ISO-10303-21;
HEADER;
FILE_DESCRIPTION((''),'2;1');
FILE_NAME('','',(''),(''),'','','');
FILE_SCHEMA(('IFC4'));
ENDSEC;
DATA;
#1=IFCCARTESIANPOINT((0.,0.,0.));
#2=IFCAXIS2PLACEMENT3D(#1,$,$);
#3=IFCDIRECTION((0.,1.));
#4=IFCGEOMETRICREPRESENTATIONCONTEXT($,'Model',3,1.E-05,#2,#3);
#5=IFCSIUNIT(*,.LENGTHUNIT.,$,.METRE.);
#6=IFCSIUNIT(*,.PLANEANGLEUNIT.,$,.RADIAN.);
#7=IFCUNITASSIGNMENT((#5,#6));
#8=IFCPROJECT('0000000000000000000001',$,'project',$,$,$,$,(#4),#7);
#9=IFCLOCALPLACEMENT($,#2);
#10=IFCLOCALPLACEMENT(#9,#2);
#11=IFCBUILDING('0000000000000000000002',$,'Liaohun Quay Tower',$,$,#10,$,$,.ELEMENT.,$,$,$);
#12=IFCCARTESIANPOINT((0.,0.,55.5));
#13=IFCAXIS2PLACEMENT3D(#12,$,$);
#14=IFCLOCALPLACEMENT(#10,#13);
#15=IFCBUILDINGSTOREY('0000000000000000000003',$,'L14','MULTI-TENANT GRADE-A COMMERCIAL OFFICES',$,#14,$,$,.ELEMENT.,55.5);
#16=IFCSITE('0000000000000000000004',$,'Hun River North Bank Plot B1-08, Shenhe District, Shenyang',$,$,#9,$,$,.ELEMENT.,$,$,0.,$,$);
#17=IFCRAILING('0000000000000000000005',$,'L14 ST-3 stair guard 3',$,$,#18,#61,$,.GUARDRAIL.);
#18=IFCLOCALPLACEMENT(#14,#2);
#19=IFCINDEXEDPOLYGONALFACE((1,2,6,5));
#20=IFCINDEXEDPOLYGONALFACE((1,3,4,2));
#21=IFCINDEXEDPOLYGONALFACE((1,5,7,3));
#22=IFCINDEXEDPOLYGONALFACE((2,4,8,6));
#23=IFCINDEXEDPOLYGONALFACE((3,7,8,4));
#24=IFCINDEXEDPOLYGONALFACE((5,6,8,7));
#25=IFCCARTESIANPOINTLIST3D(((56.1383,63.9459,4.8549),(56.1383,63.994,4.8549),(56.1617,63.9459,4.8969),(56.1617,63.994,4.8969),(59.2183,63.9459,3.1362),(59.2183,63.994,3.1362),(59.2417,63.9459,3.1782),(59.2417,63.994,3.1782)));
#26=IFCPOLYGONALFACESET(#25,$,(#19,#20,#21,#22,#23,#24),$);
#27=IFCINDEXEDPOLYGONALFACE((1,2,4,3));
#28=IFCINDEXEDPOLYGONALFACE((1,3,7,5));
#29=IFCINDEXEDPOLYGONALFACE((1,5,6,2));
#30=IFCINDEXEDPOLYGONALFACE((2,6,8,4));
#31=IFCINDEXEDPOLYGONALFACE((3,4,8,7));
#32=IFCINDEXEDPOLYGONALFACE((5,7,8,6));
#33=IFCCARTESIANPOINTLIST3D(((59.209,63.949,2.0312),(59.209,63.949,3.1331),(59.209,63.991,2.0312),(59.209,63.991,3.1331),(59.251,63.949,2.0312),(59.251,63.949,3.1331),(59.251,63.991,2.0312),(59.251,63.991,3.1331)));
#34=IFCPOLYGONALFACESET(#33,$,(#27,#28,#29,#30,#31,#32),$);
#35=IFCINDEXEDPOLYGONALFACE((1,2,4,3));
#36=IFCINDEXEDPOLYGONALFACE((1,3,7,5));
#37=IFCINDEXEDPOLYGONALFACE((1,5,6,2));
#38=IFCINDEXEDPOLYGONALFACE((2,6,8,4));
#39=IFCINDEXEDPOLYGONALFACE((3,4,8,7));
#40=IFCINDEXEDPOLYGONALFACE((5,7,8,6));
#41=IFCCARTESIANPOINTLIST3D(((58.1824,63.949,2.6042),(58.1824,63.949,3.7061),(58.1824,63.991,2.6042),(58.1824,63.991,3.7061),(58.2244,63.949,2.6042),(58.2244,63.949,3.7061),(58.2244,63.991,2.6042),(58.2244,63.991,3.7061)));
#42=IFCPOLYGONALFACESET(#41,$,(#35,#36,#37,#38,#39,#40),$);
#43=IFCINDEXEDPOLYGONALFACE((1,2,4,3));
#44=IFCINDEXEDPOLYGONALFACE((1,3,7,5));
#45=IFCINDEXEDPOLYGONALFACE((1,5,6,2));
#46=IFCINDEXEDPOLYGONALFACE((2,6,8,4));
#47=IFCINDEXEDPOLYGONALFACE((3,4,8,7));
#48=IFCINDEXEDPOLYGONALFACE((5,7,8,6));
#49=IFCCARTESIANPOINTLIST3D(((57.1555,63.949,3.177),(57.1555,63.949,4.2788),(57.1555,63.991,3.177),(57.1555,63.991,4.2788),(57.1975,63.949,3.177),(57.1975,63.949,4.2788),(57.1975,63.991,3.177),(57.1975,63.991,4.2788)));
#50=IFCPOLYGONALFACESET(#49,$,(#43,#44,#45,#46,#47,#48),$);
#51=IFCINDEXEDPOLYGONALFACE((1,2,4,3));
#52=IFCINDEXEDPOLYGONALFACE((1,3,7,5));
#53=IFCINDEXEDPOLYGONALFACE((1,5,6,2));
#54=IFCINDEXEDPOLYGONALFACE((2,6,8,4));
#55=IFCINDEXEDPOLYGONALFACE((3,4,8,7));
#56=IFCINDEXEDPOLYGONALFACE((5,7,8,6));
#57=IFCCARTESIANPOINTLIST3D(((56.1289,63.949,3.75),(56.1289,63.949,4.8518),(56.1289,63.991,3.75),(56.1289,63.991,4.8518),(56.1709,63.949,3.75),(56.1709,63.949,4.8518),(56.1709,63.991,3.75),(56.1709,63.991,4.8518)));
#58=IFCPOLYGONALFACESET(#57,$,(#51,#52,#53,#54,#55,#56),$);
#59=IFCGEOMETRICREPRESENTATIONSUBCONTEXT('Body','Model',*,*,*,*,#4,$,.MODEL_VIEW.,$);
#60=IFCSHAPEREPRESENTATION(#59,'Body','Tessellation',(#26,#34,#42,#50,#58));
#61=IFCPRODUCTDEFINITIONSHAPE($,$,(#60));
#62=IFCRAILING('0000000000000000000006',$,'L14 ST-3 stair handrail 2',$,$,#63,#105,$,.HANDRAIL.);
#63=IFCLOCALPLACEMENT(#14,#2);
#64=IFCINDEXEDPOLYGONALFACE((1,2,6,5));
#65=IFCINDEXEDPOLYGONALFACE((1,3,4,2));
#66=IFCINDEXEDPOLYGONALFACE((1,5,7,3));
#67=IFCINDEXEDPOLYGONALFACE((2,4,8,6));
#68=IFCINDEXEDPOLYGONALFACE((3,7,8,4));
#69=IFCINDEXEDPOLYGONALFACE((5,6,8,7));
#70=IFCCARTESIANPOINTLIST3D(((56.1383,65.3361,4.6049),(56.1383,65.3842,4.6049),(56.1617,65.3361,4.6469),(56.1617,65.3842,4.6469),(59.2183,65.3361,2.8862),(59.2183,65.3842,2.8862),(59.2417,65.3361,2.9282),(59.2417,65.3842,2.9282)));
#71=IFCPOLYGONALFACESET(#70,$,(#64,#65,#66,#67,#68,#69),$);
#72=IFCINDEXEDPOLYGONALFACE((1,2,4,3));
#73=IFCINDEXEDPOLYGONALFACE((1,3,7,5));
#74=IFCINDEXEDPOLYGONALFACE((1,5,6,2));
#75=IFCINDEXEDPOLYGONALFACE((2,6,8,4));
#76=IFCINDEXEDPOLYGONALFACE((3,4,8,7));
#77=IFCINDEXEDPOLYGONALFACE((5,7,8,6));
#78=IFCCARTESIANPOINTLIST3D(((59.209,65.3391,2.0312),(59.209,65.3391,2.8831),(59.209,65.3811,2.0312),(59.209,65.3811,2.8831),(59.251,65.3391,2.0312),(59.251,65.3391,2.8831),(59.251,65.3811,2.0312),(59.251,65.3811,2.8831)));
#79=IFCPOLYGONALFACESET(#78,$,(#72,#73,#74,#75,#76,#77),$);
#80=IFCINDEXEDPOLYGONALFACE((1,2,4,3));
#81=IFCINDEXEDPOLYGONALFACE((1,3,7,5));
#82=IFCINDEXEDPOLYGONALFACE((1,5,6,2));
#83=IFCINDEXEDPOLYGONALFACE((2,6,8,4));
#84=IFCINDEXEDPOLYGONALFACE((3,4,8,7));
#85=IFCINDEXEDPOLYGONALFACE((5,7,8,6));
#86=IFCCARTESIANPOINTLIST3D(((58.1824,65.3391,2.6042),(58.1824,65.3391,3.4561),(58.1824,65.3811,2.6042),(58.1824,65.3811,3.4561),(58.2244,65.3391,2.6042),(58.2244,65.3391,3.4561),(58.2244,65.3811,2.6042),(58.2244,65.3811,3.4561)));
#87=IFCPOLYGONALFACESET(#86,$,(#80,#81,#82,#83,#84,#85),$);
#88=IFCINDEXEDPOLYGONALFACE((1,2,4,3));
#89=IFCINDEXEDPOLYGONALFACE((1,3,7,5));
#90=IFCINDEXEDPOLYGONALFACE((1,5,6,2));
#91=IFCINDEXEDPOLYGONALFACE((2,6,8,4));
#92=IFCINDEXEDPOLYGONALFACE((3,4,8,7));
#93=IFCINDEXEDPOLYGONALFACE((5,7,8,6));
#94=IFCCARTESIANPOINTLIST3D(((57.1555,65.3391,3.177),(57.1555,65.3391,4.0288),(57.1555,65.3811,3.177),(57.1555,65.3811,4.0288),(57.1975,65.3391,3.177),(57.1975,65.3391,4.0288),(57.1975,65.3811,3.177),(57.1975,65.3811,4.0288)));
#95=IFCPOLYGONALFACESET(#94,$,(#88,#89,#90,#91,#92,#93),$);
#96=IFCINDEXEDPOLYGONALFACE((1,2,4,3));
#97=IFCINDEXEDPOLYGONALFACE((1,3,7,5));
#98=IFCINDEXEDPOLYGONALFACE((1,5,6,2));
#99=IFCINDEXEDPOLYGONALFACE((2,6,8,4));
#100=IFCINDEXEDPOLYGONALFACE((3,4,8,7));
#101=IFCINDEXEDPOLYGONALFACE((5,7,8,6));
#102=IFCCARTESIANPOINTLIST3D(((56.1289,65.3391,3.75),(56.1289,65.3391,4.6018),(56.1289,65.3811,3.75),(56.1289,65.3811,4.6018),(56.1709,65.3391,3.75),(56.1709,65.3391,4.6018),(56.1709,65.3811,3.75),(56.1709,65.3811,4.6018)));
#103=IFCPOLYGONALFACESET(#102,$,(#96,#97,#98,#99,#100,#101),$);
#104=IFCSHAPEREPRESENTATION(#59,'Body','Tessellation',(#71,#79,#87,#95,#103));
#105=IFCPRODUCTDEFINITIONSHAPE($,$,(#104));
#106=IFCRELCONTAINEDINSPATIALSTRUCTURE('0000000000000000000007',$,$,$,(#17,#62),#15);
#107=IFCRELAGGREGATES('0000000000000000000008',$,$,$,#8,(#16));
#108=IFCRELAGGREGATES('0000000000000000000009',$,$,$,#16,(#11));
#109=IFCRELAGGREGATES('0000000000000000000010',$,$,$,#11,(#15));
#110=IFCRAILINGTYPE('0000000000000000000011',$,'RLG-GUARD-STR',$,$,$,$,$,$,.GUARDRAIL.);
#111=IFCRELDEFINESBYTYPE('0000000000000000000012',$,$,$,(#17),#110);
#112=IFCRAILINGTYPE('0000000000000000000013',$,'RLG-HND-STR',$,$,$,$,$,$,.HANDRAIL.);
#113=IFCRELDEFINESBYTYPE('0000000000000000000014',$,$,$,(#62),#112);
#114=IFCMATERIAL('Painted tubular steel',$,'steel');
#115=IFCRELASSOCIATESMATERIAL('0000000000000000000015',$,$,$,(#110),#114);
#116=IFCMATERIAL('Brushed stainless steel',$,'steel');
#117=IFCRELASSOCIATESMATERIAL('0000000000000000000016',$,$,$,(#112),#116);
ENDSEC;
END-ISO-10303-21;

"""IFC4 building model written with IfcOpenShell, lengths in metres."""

from ifc_helpers import new_model, si_unit, direction, frame, origin, origin_2d, place, context, subcontext, project, spatial, rectangle, extrude, material, type_object, element, save


model = new_model("IFC4")

# Units and contexts
model_context = context("Model", 3, precision=1e-05, world=origin(), true_north=direction((0.0, 1.0)))
body_context = subcontext(model_context, "Body", "Model", "MODEL_VIEW")
ifc_project = project(units=[si_unit("LENGTHUNIT", "METRE"), si_unit("PLANEANGLEUNIT", "RADIAN")], contexts=[model_context])

# Site, building, storey
site_placement = place(None, origin())
site = spatial("IfcSite", under=ifc_project, at=site_placement, Name="Hun River North Bank Plot B1-08, Shenhe District, Shenyang", CompositionType="ELEMENT", RefElevation=0.0)
building_placement = place(site_placement, origin())
building = spatial("IfcBuilding", under=site, at=building_placement, Name="Liaohun Quay Tower", CompositionType="ELEMENT")
storey_placement = place(building_placement, frame((0.0, 0.0, 55.5)))
storey = spatial("IfcBuildingStorey", under=building, at=storey_placement, Name="L14", Description="MULTI-TENANT GRADE-A COMMERCIAL OFFICES", CompositionType="ELEMENT", Elevation=55.5)

# Railings
ifc_material_1 = material(Name="Painted tubular steel", Category="steel")
railing_type_1 = type_object("IfcRailingType", Name="RLG-GUARD-STR", PredefinedType="GUARDRAIL", material=ifc_material_1)
railing_1_placement = place(storey_placement, frame((59.23, 63.97, 2.0312)))
element("IfcRailing", 1, at=railing_1_placement, inside=storey, type_object=railing_type_1, Name="L14 ST-3 stair guard 3", PredefinedType="GUARDRAIL", context=body_context, shape_type="SweptSolid", body=[
    extrude(rectangle(XDim=0.0481, YDim=0.0481, at=origin_2d()), frame((0.0, 0.0, 1.126), z_axis=(-0.873242, 0.0, 0.487288), x_axis=(0.0, -1.0, 0.0)), (0.0, 0.0, 1.0), 3.5271),
    extrude(rectangle(XDim=0.042, YDim=0.042, at=origin_2d()), origin(), (0.0, 0.0, 1.0), 1.1018),
    extrude(rectangle(XDim=0.042, YDim=0.042, at=origin_2d()), frame((-1.0266, 0.0, 0.573)), (0.0, 0.0, 1.0), 1.1018),
    extrude(rectangle(XDim=0.042, YDim=0.042, at=origin_2d()), frame((-2.0535, 0.0, 1.1458)), (0.0, 0.0, 1.0), 1.1018),
    extrude(rectangle(XDim=0.042, YDim=0.042, at=origin_2d()), frame((-3.0801, 0.0, 1.7188)), (0.0, 0.0, 1.0), 1.1018),
])
ifc_material_2 = material(Name="Brushed stainless steel", Category="steel")
railing_type_2 = type_object("IfcRailingType", Name="RLG-HND-STR", PredefinedType="HANDRAIL", material=ifc_material_2)
railing_2_placement = place(storey_placement, frame((59.23, 65.3601, 2.0312)))
element("IfcRailing", 2, at=railing_2_placement, inside=storey, type_object=railing_type_2, Name="L14 ST-3 stair handrail 2", PredefinedType="HANDRAIL", context=body_context, shape_type="SweptSolid", body=[
    extrude(rectangle(XDim=0.0481, YDim=0.0481, at=origin_2d()), frame((0.0, 0.0, 0.876), z_axis=(-0.873242, 0.0, 0.487288), x_axis=(0.0, -1.0, 0.0)), (0.0, 0.0, 1.0), 3.5271),
    extrude(rectangle(XDim=0.042, YDim=0.042, at=origin_2d()), origin(), (0.0, 0.0, 1.0), 0.8518),
    extrude(rectangle(XDim=0.042, YDim=0.042, at=origin_2d()), frame((-1.0266, 0.0, 0.573)), (0.0, 0.0, 1.0), 0.8518),
    extrude(rectangle(XDim=0.042, YDim=0.042, at=origin_2d()), frame((-2.0535, 0.0, 1.1458)), (0.0, 0.0, 1.0), 0.8518),
    extrude(rectangle(XDim=0.042, YDim=0.042, at=origin_2d()), frame((-3.0801, 0.0, 1.7188)), (0.0, 0.0, 1.0), 0.8518),
])

save(model, "model.ifc")
